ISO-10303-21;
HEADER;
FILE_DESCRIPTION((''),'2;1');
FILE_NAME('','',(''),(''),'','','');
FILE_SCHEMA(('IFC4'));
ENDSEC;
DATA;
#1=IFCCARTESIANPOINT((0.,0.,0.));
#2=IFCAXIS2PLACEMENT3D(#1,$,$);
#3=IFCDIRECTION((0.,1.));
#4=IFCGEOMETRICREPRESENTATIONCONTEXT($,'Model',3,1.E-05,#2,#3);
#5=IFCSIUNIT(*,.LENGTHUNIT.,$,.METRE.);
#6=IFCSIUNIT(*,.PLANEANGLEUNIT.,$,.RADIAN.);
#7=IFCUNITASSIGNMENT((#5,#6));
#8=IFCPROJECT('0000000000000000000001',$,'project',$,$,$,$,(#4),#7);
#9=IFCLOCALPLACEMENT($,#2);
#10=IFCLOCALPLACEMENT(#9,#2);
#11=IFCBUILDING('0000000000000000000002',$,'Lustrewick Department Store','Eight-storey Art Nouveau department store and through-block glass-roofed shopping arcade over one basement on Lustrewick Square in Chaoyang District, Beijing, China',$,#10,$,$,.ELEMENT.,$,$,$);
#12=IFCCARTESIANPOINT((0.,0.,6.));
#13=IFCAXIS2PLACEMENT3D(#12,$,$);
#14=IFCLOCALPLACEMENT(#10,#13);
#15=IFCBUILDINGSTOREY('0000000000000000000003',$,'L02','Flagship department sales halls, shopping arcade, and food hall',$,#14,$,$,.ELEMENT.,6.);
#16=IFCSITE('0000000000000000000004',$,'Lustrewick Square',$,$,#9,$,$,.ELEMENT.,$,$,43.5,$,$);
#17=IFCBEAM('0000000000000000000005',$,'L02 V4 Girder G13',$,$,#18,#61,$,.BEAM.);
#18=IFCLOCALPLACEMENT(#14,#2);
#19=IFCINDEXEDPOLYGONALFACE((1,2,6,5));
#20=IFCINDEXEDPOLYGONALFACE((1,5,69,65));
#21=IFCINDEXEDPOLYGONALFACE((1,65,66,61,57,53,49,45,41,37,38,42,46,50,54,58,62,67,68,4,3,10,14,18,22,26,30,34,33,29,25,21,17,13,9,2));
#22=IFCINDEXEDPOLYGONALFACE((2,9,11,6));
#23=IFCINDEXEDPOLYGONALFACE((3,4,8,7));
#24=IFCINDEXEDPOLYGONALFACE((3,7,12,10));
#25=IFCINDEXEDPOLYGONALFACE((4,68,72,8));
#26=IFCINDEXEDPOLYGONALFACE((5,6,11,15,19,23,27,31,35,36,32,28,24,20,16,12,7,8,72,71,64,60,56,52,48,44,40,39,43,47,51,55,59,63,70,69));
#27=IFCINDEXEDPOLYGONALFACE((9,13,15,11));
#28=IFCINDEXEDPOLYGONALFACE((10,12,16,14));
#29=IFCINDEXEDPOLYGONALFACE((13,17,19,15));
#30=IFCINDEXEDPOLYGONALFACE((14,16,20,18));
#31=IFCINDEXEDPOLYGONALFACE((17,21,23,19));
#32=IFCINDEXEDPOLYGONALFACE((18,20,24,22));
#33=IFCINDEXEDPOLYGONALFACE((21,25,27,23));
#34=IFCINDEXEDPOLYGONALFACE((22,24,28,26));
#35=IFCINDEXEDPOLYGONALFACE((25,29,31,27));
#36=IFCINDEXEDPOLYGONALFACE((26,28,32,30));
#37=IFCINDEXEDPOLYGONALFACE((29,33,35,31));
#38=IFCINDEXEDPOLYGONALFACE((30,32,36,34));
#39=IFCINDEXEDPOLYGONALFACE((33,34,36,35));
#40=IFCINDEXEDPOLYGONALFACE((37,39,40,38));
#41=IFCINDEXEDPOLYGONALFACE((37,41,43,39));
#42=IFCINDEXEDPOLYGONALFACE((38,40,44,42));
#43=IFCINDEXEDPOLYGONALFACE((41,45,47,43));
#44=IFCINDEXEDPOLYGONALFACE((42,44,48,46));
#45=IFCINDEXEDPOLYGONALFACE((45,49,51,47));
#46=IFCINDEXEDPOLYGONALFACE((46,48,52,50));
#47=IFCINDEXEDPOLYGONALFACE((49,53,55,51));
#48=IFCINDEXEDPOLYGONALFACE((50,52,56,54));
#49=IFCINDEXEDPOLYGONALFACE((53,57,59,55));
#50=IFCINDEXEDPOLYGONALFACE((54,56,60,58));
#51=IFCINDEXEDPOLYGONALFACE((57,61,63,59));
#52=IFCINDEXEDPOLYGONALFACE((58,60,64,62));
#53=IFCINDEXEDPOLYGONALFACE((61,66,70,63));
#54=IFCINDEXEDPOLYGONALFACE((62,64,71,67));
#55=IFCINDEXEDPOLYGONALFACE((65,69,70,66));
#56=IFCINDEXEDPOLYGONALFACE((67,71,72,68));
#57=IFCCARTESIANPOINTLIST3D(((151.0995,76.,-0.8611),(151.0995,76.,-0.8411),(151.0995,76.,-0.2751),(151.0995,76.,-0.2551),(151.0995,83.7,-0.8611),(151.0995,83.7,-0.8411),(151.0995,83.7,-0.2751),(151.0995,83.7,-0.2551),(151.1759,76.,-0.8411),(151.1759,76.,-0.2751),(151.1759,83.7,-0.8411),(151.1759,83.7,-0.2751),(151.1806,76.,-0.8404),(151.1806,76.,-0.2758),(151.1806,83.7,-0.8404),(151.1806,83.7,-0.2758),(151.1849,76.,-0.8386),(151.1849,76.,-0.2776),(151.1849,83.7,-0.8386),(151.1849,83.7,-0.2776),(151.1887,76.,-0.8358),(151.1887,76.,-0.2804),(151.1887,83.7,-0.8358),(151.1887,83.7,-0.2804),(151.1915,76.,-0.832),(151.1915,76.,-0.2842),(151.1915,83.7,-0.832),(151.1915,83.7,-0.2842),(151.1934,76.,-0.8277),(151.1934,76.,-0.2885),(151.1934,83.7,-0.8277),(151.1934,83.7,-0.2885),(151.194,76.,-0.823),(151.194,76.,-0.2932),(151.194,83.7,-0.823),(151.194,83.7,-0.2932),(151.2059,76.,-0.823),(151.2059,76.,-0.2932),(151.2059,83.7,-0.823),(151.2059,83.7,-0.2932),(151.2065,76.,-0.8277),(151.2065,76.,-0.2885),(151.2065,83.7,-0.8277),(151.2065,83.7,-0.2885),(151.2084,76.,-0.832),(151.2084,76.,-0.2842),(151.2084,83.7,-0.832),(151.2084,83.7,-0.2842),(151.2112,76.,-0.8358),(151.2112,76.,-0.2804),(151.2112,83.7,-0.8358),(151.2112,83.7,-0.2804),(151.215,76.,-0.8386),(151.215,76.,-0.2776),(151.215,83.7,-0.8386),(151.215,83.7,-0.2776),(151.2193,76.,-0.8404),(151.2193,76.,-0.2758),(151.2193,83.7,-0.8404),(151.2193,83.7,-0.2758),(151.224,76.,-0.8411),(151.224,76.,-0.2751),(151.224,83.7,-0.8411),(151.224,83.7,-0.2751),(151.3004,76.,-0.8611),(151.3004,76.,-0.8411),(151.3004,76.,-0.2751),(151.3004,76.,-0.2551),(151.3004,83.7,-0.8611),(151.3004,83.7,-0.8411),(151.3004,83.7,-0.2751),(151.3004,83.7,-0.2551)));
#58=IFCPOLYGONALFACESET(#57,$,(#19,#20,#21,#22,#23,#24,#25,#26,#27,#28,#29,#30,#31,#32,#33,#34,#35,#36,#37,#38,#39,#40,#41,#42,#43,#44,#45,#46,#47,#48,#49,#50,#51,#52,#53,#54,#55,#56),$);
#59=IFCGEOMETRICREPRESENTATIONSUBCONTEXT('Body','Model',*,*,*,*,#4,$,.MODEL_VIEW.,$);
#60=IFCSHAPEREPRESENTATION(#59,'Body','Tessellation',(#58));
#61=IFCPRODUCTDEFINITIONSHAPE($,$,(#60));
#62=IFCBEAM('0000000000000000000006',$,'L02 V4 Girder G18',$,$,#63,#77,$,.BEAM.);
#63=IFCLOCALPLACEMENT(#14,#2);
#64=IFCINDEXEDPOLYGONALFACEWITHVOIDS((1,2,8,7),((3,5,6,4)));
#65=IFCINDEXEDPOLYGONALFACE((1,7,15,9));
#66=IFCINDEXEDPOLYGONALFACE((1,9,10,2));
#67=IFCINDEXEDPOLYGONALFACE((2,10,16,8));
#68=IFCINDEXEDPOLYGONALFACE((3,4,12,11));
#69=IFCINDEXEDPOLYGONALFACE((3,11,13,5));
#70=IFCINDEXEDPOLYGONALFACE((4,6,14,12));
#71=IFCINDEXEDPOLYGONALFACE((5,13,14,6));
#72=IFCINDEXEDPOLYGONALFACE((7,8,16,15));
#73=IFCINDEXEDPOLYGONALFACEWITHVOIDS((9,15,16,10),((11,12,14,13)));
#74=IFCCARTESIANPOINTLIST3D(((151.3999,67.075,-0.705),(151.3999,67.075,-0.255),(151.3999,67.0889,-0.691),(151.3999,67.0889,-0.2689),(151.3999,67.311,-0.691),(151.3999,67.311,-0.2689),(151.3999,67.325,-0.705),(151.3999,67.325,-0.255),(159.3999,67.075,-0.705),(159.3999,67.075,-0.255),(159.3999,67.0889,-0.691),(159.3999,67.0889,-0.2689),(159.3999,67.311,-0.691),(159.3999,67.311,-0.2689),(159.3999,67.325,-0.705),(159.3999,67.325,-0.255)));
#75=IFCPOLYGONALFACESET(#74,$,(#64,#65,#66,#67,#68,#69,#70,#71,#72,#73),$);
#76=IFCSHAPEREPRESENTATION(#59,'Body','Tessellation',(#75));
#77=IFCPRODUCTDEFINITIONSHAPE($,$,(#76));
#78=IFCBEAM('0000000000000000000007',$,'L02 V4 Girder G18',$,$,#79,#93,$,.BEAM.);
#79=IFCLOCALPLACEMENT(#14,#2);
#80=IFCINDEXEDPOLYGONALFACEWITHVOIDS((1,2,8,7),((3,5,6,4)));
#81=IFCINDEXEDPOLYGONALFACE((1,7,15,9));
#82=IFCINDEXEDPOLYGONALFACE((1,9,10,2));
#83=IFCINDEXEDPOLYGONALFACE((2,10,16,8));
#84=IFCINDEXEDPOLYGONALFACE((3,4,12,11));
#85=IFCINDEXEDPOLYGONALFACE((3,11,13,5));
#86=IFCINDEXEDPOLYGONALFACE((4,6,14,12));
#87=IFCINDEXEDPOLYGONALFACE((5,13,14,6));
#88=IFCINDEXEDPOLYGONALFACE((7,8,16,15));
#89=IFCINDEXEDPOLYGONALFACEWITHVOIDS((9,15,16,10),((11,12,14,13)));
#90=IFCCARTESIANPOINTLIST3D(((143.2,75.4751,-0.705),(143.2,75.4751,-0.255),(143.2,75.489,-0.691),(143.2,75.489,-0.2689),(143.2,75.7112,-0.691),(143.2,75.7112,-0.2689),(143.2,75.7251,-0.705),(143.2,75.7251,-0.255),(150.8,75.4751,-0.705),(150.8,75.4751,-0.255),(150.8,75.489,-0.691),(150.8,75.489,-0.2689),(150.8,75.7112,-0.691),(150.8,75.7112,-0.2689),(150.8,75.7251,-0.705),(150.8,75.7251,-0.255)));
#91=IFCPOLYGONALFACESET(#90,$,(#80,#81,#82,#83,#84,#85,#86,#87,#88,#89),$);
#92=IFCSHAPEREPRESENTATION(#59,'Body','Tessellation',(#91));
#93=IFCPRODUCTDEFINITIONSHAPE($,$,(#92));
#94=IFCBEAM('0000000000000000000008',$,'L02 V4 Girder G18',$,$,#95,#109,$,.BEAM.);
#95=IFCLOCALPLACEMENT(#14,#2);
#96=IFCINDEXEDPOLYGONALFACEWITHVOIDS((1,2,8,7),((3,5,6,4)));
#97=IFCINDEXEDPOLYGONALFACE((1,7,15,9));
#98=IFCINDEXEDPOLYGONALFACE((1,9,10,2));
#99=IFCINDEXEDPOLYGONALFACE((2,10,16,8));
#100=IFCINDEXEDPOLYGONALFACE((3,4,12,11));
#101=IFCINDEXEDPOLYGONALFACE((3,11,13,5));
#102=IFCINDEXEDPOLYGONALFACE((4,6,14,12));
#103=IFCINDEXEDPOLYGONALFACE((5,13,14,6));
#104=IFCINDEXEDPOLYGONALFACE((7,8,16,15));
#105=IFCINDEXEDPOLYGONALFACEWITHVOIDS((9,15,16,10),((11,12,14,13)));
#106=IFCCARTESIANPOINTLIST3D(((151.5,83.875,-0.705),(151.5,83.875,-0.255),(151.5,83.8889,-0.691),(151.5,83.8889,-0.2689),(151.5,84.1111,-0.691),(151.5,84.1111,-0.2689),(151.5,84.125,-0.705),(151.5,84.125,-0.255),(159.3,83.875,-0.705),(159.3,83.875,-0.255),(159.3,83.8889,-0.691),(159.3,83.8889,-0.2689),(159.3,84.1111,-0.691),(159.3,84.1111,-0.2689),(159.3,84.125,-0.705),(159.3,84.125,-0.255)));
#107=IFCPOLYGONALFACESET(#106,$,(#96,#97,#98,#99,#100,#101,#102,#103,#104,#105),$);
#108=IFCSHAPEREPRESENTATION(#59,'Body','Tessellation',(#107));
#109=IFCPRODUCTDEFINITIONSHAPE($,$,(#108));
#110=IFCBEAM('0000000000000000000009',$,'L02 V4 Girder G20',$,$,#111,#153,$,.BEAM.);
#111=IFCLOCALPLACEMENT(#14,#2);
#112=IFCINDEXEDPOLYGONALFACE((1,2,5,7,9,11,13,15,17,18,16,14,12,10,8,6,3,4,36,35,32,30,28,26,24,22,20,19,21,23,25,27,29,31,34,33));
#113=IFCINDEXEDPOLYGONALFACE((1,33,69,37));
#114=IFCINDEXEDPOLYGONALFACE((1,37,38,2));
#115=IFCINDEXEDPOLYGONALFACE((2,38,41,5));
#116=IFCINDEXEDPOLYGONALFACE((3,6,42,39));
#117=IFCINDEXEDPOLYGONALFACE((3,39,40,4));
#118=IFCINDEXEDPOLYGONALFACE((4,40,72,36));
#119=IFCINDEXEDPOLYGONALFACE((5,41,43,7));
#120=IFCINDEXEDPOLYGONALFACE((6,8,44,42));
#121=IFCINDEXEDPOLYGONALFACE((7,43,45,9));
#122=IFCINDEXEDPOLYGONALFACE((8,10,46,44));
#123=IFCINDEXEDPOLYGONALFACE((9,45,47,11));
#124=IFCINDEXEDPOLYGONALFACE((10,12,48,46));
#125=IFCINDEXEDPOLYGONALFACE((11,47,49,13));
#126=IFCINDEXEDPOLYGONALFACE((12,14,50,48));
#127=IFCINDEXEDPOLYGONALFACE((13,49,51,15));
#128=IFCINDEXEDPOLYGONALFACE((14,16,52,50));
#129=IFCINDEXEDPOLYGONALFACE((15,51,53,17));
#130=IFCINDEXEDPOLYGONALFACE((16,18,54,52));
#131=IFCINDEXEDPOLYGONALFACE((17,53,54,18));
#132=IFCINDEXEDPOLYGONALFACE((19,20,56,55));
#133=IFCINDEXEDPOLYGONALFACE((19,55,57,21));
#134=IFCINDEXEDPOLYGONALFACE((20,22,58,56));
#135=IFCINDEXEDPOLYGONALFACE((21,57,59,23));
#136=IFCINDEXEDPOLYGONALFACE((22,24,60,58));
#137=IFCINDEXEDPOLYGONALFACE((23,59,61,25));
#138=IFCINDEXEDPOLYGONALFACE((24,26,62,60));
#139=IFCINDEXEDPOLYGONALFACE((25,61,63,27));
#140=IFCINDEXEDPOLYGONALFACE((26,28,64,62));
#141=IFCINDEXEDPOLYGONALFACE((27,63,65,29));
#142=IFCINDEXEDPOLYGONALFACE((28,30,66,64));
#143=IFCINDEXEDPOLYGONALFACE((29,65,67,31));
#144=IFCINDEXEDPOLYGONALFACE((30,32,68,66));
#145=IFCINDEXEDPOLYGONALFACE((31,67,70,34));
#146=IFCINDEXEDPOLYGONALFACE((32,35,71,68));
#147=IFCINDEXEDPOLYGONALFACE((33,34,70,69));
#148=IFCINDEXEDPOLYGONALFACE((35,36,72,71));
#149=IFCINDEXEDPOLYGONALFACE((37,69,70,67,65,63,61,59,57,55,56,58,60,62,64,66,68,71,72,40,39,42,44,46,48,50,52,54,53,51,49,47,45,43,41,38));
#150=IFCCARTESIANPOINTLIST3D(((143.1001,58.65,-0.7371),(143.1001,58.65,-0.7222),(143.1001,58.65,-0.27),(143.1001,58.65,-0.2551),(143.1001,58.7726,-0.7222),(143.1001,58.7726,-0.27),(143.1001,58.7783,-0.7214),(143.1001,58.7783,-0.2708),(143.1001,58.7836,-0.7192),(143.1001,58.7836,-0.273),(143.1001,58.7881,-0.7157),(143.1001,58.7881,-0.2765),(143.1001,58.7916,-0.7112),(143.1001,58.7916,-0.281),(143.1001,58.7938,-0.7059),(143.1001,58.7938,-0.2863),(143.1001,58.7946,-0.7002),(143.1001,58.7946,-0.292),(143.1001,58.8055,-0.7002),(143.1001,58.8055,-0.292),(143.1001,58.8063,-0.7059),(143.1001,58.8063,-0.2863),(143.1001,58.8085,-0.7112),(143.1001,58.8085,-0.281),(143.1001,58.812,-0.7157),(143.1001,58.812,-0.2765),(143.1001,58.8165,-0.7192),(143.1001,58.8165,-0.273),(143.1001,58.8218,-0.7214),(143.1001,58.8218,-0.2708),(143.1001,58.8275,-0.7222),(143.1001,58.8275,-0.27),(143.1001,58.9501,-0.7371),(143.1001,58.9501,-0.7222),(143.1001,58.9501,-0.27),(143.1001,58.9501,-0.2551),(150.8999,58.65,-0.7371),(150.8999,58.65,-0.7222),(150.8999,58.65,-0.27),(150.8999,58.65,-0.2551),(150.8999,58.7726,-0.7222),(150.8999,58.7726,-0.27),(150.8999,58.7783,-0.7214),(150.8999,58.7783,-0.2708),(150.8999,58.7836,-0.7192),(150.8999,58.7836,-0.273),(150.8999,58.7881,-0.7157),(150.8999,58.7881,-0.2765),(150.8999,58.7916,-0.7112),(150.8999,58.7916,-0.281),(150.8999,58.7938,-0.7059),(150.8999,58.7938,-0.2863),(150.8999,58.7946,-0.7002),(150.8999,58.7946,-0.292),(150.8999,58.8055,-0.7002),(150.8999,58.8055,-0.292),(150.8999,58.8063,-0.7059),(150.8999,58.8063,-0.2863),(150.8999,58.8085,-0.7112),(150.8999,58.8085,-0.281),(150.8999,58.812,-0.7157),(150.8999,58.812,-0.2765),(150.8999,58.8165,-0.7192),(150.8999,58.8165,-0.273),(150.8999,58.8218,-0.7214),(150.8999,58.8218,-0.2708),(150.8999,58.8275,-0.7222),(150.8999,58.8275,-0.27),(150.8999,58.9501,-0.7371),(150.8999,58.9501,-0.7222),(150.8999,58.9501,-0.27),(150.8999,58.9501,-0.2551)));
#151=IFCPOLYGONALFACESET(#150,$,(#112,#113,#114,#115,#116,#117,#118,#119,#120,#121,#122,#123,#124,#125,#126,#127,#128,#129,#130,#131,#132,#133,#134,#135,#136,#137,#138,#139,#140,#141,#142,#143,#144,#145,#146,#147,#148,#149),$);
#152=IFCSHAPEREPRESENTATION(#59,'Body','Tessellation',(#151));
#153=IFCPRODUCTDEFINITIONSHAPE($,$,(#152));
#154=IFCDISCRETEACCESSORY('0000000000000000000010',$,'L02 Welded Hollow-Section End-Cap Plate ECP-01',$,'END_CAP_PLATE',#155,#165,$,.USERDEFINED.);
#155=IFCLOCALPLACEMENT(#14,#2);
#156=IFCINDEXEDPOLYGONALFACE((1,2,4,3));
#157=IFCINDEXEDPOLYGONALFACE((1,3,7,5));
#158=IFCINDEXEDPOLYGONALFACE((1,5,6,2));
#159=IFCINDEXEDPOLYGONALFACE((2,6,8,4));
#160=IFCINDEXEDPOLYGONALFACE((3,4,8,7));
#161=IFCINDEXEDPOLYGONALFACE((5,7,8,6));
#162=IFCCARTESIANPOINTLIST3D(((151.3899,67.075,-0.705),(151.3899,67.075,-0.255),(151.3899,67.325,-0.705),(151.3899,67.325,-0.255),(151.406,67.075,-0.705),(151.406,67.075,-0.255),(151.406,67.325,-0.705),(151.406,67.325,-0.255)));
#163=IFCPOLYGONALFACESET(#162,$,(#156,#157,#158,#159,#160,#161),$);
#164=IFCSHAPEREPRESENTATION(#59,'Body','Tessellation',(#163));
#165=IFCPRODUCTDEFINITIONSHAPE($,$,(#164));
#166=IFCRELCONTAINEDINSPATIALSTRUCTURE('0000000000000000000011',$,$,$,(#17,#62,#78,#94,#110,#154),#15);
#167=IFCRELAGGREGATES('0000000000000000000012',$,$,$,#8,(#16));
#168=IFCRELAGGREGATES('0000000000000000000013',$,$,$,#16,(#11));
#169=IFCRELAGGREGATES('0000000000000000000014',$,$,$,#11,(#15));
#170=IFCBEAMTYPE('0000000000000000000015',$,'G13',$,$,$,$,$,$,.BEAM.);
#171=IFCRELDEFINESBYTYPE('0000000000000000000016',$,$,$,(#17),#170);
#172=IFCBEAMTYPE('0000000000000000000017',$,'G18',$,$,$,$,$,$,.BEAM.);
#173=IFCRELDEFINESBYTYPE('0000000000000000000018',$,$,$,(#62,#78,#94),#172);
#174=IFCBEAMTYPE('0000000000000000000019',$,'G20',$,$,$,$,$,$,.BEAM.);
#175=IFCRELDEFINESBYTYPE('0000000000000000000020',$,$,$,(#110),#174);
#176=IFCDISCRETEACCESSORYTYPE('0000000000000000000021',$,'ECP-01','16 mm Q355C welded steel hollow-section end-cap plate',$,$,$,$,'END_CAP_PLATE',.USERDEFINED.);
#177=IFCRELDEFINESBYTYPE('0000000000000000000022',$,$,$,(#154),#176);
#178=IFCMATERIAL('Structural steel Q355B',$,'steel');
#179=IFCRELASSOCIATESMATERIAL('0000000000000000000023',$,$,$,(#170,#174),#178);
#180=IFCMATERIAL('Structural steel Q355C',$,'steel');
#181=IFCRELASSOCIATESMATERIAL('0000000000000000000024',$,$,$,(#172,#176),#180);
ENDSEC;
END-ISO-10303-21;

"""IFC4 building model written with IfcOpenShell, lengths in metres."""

from ifc_helpers import new_model, si_unit, direction, frame, origin, origin_2d, place, context, subcontext, project, spatial, rectangle, hollow_rectangle, i_section, extrude, material, material_profile, profile_set, type_object, element, save


model = new_model("IFC4")

# Units and contexts
model_context = context("Model", 3, precision=1e-05, world=origin(), true_north=direction((0.0, 1.0)))
body_context = subcontext(model_context, "Body", "Model", "MODEL_VIEW")
ifc_project = project(units=[si_unit("LENGTHUNIT", "METRE"), si_unit("PLANEANGLEUNIT", "RADIAN")], contexts=[model_context])

# Site, building, storey
site_placement = place(None, origin())
site = spatial("IfcSite", under=ifc_project, at=site_placement, Name="Lustrewick Square", CompositionType="ELEMENT", RefElevation=43.5)
building_placement = place(site_placement, origin())
building = spatial("IfcBuilding", under=site, at=building_placement, Name="Lustrewick Department Store", Description="Eight-storey Art Nouveau department store and through-block glass-roofed shopping arcade over one basement on Lustrewick Square in Chaoyang District, Beijing, China", CompositionType="ELEMENT")
storey_placement = place(building_placement, frame((0.0, 0.0, 6.0)))
storey = spatial("IfcBuildingStorey", under=building, at=storey_placement, Name="L02", Description="Flagship department sales halls, shopping arcade, and food hall", CompositionType="ELEMENT", Elevation=6.0)

# Shared definitions
ifc_material_1 = material(Name="Structural steel Q355C", Category="steel")

# Beams
ifc_material_2 = material(Name="Structural steel Q355B", Category="steel")
ifc_material_profile_1 = material_profile(ifc_material_2, i_section(OverallWidth=0.2009, OverallDepth=0.606, WebThickness=0.012, FlangeThickness=0.02, FilletRadius=0.0181, at=origin_2d()), Name="HN 606x201x12x20")
ifc_profile_set_1 = profile_set([ifc_material_profile_1], Name="Structural steel Q355B")
beam_type_1 = type_object("IfcBeamType", Name="G13", PredefinedType="BEAM", material=ifc_profile_set_1)
beam_1_placement = place(storey_placement, frame((151.2, 76.0, -0.5581), z_axis=(0.0, 1.0, 0.0), x_axis=(-1.0, 0.0, 0.0)))
element("IfcBeam", 1, at=beam_1_placement, inside=storey, type_object=beam_type_1, Name="L02 V4 Girder G13", PredefinedType="BEAM", context=body_context, shape_type="SweptSolid", body=[
    extrude(i_section(OverallWidth=0.2009, OverallDepth=0.606, WebThickness=0.012, FlangeThickness=0.02, FilletRadius=0.0181, at=origin_2d()), origin(), (0.0, 0.0, 1.0), 7.7),
])
ifc_material_profile_2 = material_profile(ifc_material_1, hollow_rectangle(XDim=0.25, YDim=0.45, WallThickness=0.0139, at=origin_2d()), Name="RHS 450x250x14")
ifc_profile_set_2 = profile_set([ifc_material_profile_2], Name="Structural steel Q355C")
beam_type_2 = type_object("IfcBeamType", Name="G18", PredefinedType="BEAM", material=ifc_profile_set_2)
beam_2_placement = place(storey_placement, frame((151.3999, 67.2, -0.48), z_axis=(1.0, 0.0, 0.0), x_axis=(0.0, 1.0, 0.0)))
element("IfcBeam", 2, at=beam_2_placement, inside=storey, type_object=beam_type_2, Name="L02 V4 Girder G18", PredefinedType="BEAM", context=body_context, shape_type="SweptSolid", body=[
    extrude(hollow_rectangle(XDim=0.25, YDim=0.45, WallThickness=0.0139, at=origin_2d()), origin(), (0.0, 0.0, 1.0), 8.0),
])
beam_3_placement = place(storey_placement, frame((143.2, 75.6001, -0.48), z_axis=(1.0, 0.0, 0.0), x_axis=(0.0, 1.0, 0.0)))
element("IfcBeam", 3, at=beam_3_placement, inside=storey, type_object=beam_type_2, Name="L02 V4 Girder G18", PredefinedType="BEAM", context=body_context, shape_type="SweptSolid", body=[
    extrude(hollow_rectangle(XDim=0.25, YDim=0.45, WallThickness=0.0139, at=origin_2d()), origin(), (0.0, 0.0, 1.0), 7.6001),
])
beam_4_placement = place(storey_placement, frame((151.5, 84.0, -0.48), z_axis=(1.0, 0.0, 0.0), x_axis=(0.0, 1.0, 0.0)))
element("IfcBeam", 4, at=beam_4_placement, inside=storey, type_object=beam_type_2, Name="L02 V4 Girder G18", PredefinedType="BEAM", context=body_context, shape_type="SweptSolid", body=[
    extrude(hollow_rectangle(XDim=0.25, YDim=0.45, WallThickness=0.0139, at=origin_2d()), origin(), (0.0, 0.0, 1.0), 7.8),
])
ifc_material_profile_3 = material_profile(ifc_material_2, i_section(OverallWidth=0.3, OverallDepth=0.4819, WebThickness=0.011, FlangeThickness=0.0149, FilletRadius=0.022, at=origin_2d()), Name="HM 482x300x11x15")
ifc_profile_set_3 = profile_set([ifc_material_profile_3], Name="Structural steel Q355B")
beam_type_3 = type_object("IfcBeamType", Name="G20", PredefinedType="BEAM", material=ifc_profile_set_3)
beam_5_placement = place(storey_placement, frame((143.1001, 58.8, -0.4961), z_axis=(1.0, 0.0, 0.0), x_axis=(0.0, 1.0, 0.0)))
element("IfcBeam", 5, at=beam_5_placement, inside=storey, type_object=beam_type_3, Name="L02 V4 Girder G20", PredefinedType="BEAM", context=body_context, shape_type="SweptSolid", body=[
    extrude(i_section(OverallWidth=0.3, OverallDepth=0.4819, WebThickness=0.011, FlangeThickness=0.0149, FilletRadius=0.022, at=origin_2d()), origin(), (0.0, 0.0, 1.0), 7.7998),
])

# Discrete accessory
discrete_accessory_type = type_object("IfcDiscreteAccessoryType", Name="ECP-01", Description="16 mm Q355C welded steel hollow-section end-cap plate", ElementType="END_CAP_PLATE", PredefinedType="USERDEFINED", material=ifc_material_1)
discrete_accessory_placement = place(storey_placement, frame((151.406, 67.2, -0.48), z_axis=(-1.0, 0.0, 0.0), x_axis=(0.0, 1.0, 0.0)))
element("IfcDiscreteAccessory", 6, at=discrete_accessory_placement, inside=storey, type_object=discrete_accessory_type, Name="L02 Welded Hollow-Section End-Cap Plate ECP-01", ObjectType="END_CAP_PLATE", PredefinedType="USERDEFINED", context=body_context, shape_type="SweptSolid", body=[
    extrude(rectangle(XDim=0.25, YDim=0.45, at=origin_2d()), origin(), (0.0, 0.0, 1.0), 0.0161),
])

save(model, "model.ifc")
